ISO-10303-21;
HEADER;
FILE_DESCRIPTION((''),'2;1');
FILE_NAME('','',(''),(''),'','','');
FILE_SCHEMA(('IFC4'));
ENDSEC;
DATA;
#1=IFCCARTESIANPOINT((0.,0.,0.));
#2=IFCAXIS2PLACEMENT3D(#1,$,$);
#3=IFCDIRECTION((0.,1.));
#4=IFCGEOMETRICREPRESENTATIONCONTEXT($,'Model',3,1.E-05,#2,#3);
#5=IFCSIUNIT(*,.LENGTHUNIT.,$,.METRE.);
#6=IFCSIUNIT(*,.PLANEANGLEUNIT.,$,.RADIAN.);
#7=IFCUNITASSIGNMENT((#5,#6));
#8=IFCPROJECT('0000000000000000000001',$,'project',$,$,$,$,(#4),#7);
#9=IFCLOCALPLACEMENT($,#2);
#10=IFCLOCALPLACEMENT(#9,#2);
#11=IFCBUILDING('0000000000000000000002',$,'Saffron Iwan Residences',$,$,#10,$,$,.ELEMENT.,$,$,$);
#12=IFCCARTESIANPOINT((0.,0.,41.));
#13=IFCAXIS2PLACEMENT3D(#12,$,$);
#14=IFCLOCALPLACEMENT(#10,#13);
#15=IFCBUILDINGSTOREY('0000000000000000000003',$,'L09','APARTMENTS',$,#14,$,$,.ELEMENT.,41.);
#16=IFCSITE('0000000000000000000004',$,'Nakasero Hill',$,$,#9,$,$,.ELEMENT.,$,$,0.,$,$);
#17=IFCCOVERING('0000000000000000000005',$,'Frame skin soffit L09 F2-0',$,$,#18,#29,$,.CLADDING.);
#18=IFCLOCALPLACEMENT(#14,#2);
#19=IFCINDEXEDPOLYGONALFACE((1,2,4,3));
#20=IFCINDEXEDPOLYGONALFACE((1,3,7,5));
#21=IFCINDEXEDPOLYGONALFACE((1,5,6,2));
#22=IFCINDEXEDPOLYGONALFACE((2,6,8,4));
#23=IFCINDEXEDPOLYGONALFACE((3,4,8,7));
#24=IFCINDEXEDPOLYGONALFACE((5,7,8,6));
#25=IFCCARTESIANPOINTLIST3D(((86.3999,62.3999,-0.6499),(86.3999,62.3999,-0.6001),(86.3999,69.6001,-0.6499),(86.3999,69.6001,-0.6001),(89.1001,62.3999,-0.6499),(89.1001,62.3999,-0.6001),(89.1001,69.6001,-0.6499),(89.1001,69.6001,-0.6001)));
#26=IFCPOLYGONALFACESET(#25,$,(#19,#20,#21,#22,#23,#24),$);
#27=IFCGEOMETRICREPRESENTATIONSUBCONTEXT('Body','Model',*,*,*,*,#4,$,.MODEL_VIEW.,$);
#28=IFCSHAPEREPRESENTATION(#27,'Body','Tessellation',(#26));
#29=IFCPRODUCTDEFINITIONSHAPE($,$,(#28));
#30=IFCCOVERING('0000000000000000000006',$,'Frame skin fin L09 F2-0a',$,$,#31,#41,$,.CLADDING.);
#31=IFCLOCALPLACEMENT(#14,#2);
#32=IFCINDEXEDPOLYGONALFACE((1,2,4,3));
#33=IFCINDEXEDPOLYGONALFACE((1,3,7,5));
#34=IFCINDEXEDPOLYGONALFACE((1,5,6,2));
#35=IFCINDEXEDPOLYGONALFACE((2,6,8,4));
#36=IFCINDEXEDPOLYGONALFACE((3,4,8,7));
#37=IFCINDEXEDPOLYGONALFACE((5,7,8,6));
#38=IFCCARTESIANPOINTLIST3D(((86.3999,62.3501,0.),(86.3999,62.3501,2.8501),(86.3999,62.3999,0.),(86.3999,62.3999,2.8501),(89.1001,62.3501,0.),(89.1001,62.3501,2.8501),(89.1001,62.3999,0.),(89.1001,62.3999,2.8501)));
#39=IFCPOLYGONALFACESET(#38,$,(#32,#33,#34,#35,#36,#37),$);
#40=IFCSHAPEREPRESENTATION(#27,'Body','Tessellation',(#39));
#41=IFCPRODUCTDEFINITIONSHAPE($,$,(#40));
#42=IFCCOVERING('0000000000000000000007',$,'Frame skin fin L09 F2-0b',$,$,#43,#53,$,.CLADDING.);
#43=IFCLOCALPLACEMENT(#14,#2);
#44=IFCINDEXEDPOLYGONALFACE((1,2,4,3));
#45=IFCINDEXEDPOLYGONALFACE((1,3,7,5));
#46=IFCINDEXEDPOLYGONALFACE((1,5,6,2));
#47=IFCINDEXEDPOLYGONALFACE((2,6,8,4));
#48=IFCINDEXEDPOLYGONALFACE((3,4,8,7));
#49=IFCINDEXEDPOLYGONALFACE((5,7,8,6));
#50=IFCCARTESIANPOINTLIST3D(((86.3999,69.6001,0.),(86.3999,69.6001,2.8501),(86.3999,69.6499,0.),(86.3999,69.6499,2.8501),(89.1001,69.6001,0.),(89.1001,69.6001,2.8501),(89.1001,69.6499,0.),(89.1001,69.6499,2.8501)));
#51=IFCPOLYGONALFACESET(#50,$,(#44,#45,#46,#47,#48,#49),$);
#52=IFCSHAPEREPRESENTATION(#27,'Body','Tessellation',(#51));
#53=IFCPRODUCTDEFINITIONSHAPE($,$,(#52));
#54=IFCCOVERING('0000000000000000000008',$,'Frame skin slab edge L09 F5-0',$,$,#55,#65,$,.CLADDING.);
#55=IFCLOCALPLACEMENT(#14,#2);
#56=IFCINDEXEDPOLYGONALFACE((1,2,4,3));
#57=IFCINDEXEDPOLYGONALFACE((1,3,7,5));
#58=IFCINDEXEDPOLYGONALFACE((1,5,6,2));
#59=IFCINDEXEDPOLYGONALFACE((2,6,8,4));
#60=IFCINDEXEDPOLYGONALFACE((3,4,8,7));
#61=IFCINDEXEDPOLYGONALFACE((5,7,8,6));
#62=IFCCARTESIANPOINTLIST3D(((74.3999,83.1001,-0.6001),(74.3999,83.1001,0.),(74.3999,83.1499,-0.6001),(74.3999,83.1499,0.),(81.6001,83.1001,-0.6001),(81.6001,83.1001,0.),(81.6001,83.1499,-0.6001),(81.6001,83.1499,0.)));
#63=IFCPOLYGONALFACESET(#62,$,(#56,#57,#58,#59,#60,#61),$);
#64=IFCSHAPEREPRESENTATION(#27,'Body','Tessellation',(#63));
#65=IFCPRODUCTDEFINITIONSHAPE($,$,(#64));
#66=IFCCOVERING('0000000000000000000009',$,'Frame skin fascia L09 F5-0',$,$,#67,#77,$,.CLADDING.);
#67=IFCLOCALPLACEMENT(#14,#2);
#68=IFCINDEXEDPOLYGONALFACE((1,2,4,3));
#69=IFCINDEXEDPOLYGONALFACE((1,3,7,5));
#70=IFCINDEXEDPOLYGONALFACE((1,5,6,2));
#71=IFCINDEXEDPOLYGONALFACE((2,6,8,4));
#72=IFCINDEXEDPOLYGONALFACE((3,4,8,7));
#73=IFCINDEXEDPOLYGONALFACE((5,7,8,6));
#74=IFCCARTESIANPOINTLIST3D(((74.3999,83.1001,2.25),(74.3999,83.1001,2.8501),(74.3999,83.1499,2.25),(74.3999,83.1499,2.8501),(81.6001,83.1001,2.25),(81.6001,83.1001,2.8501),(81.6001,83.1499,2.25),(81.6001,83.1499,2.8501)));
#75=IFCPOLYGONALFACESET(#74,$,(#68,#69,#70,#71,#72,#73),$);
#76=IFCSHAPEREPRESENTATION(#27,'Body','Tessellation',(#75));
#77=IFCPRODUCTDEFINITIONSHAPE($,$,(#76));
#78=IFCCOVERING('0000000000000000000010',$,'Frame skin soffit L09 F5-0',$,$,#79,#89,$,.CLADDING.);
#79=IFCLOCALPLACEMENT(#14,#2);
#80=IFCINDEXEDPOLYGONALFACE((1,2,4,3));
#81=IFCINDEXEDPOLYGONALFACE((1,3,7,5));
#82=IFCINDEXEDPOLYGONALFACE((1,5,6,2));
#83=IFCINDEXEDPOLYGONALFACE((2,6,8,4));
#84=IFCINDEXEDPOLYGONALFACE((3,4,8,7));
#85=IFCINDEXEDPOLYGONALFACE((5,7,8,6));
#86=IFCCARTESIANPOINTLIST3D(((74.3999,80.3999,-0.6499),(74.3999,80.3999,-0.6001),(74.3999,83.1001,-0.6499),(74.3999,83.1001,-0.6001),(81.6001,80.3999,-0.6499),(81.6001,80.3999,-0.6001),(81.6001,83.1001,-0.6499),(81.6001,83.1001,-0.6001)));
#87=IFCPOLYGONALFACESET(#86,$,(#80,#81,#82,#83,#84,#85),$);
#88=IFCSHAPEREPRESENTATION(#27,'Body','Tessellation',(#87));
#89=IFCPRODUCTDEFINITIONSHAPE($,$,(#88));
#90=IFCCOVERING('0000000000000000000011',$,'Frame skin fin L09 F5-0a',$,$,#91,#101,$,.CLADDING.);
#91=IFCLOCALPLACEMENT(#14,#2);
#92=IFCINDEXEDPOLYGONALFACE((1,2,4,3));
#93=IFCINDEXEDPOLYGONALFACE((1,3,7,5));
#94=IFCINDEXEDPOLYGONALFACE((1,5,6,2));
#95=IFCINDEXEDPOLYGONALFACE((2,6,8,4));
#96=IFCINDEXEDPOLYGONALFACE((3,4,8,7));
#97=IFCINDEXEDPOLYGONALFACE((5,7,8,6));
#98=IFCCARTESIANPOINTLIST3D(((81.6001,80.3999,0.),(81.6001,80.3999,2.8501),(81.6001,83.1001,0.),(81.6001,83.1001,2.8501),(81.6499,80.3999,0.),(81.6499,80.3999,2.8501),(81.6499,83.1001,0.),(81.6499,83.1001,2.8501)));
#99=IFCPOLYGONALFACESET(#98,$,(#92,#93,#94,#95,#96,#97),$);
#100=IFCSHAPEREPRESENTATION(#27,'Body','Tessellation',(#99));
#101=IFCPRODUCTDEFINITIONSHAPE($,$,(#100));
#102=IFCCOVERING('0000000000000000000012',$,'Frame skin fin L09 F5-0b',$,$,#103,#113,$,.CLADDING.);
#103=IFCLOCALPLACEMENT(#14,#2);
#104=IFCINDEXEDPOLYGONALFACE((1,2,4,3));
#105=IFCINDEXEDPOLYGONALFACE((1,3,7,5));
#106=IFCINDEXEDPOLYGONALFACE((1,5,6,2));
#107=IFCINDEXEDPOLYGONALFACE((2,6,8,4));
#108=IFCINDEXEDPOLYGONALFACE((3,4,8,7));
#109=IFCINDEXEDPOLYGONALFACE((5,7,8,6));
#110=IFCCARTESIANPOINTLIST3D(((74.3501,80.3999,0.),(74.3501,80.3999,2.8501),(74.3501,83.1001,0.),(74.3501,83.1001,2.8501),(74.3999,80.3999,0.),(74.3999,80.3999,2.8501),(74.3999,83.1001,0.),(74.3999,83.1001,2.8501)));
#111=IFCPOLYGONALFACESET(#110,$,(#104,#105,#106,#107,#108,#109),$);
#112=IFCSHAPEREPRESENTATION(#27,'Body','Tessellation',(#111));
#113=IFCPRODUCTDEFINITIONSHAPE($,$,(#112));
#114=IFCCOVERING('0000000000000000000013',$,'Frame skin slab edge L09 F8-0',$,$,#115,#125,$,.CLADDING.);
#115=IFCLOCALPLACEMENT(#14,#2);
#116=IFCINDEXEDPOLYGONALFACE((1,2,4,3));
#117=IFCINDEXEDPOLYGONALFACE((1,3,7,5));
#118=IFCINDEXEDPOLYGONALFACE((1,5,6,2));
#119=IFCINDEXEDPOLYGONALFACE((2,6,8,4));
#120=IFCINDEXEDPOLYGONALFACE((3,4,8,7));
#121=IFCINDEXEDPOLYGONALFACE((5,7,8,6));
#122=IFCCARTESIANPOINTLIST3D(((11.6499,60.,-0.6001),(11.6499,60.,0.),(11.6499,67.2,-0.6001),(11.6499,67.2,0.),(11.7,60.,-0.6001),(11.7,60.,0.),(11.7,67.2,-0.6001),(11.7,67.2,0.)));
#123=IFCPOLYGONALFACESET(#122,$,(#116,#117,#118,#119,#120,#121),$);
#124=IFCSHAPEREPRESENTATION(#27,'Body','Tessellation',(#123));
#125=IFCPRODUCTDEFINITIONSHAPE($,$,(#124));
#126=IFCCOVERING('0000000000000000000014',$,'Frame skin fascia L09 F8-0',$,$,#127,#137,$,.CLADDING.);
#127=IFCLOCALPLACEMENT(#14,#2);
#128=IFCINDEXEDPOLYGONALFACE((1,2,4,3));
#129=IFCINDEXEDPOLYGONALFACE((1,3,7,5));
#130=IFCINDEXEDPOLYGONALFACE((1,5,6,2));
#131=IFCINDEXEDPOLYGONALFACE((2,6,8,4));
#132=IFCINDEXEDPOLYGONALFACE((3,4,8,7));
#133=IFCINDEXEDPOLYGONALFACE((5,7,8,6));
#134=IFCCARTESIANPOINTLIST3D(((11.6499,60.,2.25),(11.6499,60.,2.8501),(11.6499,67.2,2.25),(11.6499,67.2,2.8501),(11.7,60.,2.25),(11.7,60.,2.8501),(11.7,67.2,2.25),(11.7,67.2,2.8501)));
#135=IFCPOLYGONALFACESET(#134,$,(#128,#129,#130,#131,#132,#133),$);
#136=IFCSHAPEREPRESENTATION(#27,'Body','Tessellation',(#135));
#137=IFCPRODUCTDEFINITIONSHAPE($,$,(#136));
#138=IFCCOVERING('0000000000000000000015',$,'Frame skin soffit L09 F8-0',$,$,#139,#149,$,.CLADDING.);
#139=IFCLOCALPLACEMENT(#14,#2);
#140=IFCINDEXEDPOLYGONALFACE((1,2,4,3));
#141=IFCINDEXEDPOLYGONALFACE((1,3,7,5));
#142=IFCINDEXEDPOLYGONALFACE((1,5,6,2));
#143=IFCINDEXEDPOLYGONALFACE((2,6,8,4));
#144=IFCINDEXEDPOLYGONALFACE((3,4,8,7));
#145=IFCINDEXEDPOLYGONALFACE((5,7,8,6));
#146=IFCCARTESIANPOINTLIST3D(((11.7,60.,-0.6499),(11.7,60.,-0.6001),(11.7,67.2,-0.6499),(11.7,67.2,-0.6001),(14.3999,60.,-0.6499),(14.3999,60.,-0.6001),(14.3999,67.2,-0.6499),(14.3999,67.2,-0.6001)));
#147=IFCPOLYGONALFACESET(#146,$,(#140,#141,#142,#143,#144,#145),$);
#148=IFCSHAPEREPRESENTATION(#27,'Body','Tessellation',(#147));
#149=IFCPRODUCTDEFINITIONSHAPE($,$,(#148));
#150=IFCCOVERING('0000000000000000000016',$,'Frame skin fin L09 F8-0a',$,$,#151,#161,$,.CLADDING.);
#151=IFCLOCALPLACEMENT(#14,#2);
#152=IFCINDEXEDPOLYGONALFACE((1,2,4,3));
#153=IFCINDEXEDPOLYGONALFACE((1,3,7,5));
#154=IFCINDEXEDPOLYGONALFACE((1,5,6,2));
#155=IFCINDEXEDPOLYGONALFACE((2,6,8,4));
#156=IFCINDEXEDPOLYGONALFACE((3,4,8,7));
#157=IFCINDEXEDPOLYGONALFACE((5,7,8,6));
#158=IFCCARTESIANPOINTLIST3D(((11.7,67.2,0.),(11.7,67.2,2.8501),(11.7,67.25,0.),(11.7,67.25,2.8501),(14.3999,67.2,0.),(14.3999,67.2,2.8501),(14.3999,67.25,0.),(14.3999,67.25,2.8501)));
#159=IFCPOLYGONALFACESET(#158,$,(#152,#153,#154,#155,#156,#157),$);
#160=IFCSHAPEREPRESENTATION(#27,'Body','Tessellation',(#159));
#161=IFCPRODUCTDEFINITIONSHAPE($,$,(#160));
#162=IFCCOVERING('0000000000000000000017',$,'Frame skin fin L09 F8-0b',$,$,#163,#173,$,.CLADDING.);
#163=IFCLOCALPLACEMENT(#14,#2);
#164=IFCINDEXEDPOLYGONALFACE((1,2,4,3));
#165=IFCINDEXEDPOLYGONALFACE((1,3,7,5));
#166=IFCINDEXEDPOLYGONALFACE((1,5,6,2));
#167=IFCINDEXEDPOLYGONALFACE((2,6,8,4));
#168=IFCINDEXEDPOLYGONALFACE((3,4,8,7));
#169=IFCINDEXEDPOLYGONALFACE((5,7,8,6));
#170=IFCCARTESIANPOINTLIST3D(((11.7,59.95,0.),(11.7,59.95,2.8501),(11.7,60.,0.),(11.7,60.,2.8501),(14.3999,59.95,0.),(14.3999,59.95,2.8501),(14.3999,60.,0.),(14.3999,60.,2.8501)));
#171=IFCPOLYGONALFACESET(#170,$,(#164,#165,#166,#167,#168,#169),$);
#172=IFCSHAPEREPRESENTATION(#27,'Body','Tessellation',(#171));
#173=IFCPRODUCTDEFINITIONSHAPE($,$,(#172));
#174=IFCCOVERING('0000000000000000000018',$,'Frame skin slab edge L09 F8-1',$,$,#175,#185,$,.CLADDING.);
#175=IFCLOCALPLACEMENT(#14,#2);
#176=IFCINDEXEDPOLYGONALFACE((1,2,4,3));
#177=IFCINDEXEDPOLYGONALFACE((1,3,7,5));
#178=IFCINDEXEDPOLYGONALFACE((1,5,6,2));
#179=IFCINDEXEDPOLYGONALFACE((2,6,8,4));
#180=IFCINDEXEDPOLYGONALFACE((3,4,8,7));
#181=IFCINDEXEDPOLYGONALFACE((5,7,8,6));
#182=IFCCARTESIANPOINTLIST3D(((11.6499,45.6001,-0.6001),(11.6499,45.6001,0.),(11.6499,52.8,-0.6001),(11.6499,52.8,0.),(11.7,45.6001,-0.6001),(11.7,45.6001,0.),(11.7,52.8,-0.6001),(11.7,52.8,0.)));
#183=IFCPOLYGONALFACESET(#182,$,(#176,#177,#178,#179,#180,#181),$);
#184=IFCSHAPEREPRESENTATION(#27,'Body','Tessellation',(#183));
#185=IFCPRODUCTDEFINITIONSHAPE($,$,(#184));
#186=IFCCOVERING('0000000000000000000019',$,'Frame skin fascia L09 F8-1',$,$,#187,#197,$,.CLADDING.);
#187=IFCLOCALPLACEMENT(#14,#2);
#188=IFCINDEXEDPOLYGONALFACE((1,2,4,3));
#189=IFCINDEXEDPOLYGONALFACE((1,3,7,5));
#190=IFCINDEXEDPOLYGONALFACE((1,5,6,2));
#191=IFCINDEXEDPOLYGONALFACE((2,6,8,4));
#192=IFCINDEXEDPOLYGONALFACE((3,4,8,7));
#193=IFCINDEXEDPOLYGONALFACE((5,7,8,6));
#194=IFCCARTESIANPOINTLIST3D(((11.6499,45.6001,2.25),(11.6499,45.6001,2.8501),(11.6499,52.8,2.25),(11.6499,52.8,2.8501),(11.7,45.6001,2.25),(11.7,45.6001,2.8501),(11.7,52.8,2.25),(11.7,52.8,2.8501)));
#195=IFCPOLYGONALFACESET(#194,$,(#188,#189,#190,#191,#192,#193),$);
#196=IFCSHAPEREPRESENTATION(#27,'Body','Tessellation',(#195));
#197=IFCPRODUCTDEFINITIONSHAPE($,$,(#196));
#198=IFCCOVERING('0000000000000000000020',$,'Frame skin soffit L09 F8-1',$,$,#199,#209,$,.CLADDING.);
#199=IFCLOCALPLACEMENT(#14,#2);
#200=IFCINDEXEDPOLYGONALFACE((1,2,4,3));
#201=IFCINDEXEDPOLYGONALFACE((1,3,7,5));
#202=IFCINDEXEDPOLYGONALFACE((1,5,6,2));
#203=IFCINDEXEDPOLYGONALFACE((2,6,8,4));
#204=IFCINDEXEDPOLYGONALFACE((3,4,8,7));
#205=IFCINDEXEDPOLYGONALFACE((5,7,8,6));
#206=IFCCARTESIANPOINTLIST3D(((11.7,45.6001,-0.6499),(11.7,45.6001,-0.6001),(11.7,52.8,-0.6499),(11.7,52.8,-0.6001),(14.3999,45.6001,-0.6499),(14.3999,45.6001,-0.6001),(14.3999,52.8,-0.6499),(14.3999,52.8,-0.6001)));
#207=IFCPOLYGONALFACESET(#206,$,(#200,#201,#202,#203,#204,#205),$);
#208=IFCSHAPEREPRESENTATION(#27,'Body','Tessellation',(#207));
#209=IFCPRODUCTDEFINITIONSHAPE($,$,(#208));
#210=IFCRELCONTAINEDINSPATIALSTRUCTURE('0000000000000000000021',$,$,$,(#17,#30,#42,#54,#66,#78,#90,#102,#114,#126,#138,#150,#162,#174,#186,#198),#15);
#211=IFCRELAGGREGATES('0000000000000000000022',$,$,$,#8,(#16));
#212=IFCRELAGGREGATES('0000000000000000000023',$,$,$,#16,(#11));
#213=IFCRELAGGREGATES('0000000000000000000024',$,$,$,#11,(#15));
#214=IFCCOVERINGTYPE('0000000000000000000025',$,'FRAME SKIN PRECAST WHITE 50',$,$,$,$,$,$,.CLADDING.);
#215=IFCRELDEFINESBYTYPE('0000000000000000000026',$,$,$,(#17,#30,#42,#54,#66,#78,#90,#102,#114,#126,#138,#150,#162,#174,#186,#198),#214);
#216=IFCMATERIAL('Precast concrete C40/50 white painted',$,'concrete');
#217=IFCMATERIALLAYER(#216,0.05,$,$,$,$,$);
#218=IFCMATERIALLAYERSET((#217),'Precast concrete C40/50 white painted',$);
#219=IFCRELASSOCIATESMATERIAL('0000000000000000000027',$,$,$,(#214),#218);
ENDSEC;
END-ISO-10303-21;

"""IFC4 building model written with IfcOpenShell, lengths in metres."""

from ifc_helpers import new_model, si_unit, direction, frame, origin, place, context, subcontext, project, spatial, polyline, outline, extrude, material, layer, layer_set, type_object, element, save


model = new_model("IFC4")

# Units and contexts
model_context = context("Model", 3, precision=1e-05, world=origin(), true_north=direction((0.0, 1.0)))
body_context = subcontext(model_context, "Body", "Model", "MODEL_VIEW")
ifc_project = project(units=[si_unit("LENGTHUNIT", "METRE"), si_unit("PLANEANGLEUNIT", "RADIAN")], contexts=[model_context])

# Site, building, storey
site_placement = place(None, origin())
site = spatial("IfcSite", under=ifc_project, at=site_placement, Name="Nakasero Hill", CompositionType="ELEMENT", RefElevation=0.0)
building_placement = place(site_placement, origin())
building = spatial("IfcBuilding", under=site, at=building_placement, Name="Saffron Iwan Residences", CompositionType="ELEMENT")
storey_placement = place(building_placement, frame((0.0, 0.0, 41.0)))
storey = spatial("IfcBuildingStorey", under=building, at=storey_placement, Name="L09", Description="APARTMENTS", CompositionType="ELEMENT", Elevation=41.0)

# Coverings
ifc_material_1 = material(Name="Precast concrete C40/50 white painted", Category="concrete")
ifc_layer_1 = layer(ifc_material_1, 0.05)
ifc_layer_set_1 = layer_set([ifc_layer_1], Name="Precast concrete C40/50 white painted")
covering_type_1 = type_object("IfcCoveringType", Name="FRAME SKIN PRECAST WHITE 50", PredefinedType="CLADDING", material=ifc_layer_set_1)
covering_1_placement = place(storey_placement, frame((0.0, 0.0, -0.6499)))
element("IfcCovering", 1, at=covering_1_placement, inside=storey, type_object=covering_type_1, Name="Frame skin soffit L09 F2-0", PredefinedType="CLADDING", context=body_context, shape_type="SweptSolid", body=[
    extrude(outline(polyline([(89.1001, 62.3999), (89.1001, 69.6001), (86.3999, 69.6001), (86.3999, 62.3999), (89.1001, 62.3999)])), origin(), (0.0, 0.0, 1.0), 0.0498),
])
covering_2_placement = place(storey_placement, origin())
element("IfcCovering", 2, at=covering_2_placement, inside=storey, type_object=covering_type_1, Name="Frame skin fin L09 F2-0a", PredefinedType="CLADDING", context=body_context, shape_type="SweptSolid", body=[
    extrude(outline(polyline([(89.1001, 62.3501), (89.1001, 62.3999), (86.3999, 62.3999), (86.3999, 62.3501), (89.1001, 62.3501)])), origin(), (0.0, 0.0, 1.0), 2.8501),
])
covering_3_placement = place(storey_placement, origin())
element("IfcCovering", 3, at=covering_3_placement, inside=storey, type_object=covering_type_1, Name="Frame skin fin L09 F2-0b", PredefinedType="CLADDING", context=body_context, shape_type="SweptSolid", body=[
    extrude(outline(polyline([(89.1001, 69.6001), (89.1001, 69.6499), (86.3999, 69.6499), (86.3999, 69.6001), (89.1001, 69.6001)])), origin(), (0.0, 0.0, 1.0), 2.8501),
])
for number, where, name in (
    (4, (0.0, 0.0, -0.6001), "Frame skin slab edge L09 F5-0"),
    (5, (0.0, 0.0, 2.25), "Frame skin fascia L09 F5-0"),
):
    element("IfcCovering", number, at=place(storey_placement, frame(where)), inside=storey, type_object=covering_type_1, Name=name, PredefinedType="CLADDING", context=body_context, shape_type="SweptSolid", body=[
        extrude(outline(polyline([(81.6001, 83.1499), (74.3999, 83.1499), (74.3999, 83.1001), (81.6001, 83.1001), (81.6001, 83.1499)])), origin(), (0.0, 0.0, 1.0), 0.6001),
    ])
covering_4_placement = place(storey_placement, frame((0.0, 0.0, -0.6499)))
element("IfcCovering", 6, at=covering_4_placement, inside=storey, type_object=covering_type_1, Name="Frame skin soffit L09 F5-0", PredefinedType="CLADDING", context=body_context, shape_type="SweptSolid", body=[
    extrude(outline(polyline([(81.6001, 83.1001), (74.3999, 83.1001), (74.3999, 80.3999), (81.6001, 80.3999), (81.6001, 83.1001)])), origin(), (0.0, 0.0, 1.0), 0.0498),
])
covering_5_placement = place(storey_placement, origin())
element("IfcCovering", 7, at=covering_5_placement, inside=storey, type_object=covering_type_1, Name="Frame skin fin L09 F5-0a", PredefinedType="CLADDING", context=body_context, shape_type="SweptSolid", body=[
    extrude(outline(polyline([(81.6499, 83.1001), (81.6001, 83.1001), (81.6001, 80.3999), (81.6499, 80.3999), (81.6499, 83.1001)])), origin(), (0.0, 0.0, 1.0), 2.8501),
])
covering_6_placement = place(storey_placement, origin())
element("IfcCovering", 8, at=covering_6_placement, inside=storey, type_object=covering_type_1, Name="Frame skin fin L09 F5-0b", PredefinedType="CLADDING", context=body_context, shape_type="SweptSolid", body=[
    extrude(outline(polyline([(74.3999, 83.1001), (74.3501, 83.1001), (74.3501, 80.3999), (74.3999, 80.3999), (74.3999, 83.1001)])), origin(), (0.0, 0.0, 1.0), 2.8501),
])
for number, where, name in (
    (9, (0.0, 0.0, -0.6001), "Frame skin slab edge L09 F8-0"),
    (10, (0.0, 0.0, 2.25), "Frame skin fascia L09 F8-0"),
):
    element("IfcCovering", number, at=place(storey_placement, frame(where)), inside=storey, type_object=covering_type_1, Name=name, PredefinedType="CLADDING", context=body_context, shape_type="SweptSolid", body=[
        extrude(outline(polyline([(11.6499, 67.2), (11.6499, 60.0), (11.7, 60.0), (11.7, 67.2), (11.6499, 67.2)])), origin(), (0.0, 0.0, 1.0), 0.6001),
    ])
covering_7_placement = place(storey_placement, frame((0.0, 0.0, -0.6499)))
element("IfcCovering", 11, at=covering_7_placement, inside=storey, type_object=covering_type_1, Name="Frame skin soffit L09 F8-0", PredefinedType="CLADDING", context=body_context, shape_type="SweptSolid", body=[
    extrude(outline(polyline([(11.7, 67.2), (11.7, 60.0), (14.3999, 60.0), (14.3999, 67.2), (11.7, 67.2)])), origin(), (0.0, 0.0, 1.0), 0.0498),
])
covering_8_placement = place(storey_placement, origin())
element("IfcCovering", 12, at=covering_8_placement, inside=storey, type_object=covering_type_1, Name="Frame skin fin L09 F8-0a", PredefinedType="CLADDING", context=body_context, shape_type="SweptSolid", body=[
    extrude(outline(polyline([(11.7, 67.25), (11.7, 67.2), (14.3999, 67.2), (14.3999, 67.25), (11.7, 67.25)])), origin(), (0.0, 0.0, 1.0), 2.8501),
])
covering_9_placement = place(storey_placement, origin())
element("IfcCovering", 13, at=covering_9_placement, inside=storey, type_object=covering_type_1, Name="Frame skin fin L09 F8-0b", PredefinedType="CLADDING", context=body_context, shape_type="SweptSolid", body=[
    extrude(outline(polyline([(11.7, 60.0), (11.7, 59.95), (14.3999, 59.95), (14.3999, 60.0), (11.7, 60.0)])), origin(), (0.0, 0.0, 1.0), 2.8501),
])
for number, where, name in (
    (14, (0.0, 0.0, -0.6001), "Frame skin slab edge L09 F8-1"),
    (15, (0.0, 0.0, 2.25), "Frame skin fascia L09 F8-1"),
):
    element("IfcCovering", number, at=place(storey_placement, frame(where)), inside=storey, type_object=covering_type_1, Name=name, PredefinedType="CLADDING", context=body_context, shape_type="SweptSolid", body=[
        extrude(outline(polyline([(11.6499, 52.8), (11.6499, 45.6001), (11.7, 45.6001), (11.7, 52.8), (11.6499, 52.8)])), origin(), (0.0, 0.0, 1.0), 0.6001),
    ])
covering_10_placement = place(storey_placement, frame((0.0, 0.0, -0.6499)))
element("IfcCovering", 16, at=covering_10_placement, inside=storey, type_object=covering_type_1, Name="Frame skin soffit L09 F8-1", PredefinedType="CLADDING", context=body_context, shape_type="SweptSolid", body=[
    extrude(outline(polyline([(11.7, 52.8), (11.7, 45.6001), (14.3999, 45.6001), (14.3999, 52.8), (11.7, 52.8)])), origin(), (0.0, 0.0, 1.0), 0.0498),
])

save(model, "model.ifc")
